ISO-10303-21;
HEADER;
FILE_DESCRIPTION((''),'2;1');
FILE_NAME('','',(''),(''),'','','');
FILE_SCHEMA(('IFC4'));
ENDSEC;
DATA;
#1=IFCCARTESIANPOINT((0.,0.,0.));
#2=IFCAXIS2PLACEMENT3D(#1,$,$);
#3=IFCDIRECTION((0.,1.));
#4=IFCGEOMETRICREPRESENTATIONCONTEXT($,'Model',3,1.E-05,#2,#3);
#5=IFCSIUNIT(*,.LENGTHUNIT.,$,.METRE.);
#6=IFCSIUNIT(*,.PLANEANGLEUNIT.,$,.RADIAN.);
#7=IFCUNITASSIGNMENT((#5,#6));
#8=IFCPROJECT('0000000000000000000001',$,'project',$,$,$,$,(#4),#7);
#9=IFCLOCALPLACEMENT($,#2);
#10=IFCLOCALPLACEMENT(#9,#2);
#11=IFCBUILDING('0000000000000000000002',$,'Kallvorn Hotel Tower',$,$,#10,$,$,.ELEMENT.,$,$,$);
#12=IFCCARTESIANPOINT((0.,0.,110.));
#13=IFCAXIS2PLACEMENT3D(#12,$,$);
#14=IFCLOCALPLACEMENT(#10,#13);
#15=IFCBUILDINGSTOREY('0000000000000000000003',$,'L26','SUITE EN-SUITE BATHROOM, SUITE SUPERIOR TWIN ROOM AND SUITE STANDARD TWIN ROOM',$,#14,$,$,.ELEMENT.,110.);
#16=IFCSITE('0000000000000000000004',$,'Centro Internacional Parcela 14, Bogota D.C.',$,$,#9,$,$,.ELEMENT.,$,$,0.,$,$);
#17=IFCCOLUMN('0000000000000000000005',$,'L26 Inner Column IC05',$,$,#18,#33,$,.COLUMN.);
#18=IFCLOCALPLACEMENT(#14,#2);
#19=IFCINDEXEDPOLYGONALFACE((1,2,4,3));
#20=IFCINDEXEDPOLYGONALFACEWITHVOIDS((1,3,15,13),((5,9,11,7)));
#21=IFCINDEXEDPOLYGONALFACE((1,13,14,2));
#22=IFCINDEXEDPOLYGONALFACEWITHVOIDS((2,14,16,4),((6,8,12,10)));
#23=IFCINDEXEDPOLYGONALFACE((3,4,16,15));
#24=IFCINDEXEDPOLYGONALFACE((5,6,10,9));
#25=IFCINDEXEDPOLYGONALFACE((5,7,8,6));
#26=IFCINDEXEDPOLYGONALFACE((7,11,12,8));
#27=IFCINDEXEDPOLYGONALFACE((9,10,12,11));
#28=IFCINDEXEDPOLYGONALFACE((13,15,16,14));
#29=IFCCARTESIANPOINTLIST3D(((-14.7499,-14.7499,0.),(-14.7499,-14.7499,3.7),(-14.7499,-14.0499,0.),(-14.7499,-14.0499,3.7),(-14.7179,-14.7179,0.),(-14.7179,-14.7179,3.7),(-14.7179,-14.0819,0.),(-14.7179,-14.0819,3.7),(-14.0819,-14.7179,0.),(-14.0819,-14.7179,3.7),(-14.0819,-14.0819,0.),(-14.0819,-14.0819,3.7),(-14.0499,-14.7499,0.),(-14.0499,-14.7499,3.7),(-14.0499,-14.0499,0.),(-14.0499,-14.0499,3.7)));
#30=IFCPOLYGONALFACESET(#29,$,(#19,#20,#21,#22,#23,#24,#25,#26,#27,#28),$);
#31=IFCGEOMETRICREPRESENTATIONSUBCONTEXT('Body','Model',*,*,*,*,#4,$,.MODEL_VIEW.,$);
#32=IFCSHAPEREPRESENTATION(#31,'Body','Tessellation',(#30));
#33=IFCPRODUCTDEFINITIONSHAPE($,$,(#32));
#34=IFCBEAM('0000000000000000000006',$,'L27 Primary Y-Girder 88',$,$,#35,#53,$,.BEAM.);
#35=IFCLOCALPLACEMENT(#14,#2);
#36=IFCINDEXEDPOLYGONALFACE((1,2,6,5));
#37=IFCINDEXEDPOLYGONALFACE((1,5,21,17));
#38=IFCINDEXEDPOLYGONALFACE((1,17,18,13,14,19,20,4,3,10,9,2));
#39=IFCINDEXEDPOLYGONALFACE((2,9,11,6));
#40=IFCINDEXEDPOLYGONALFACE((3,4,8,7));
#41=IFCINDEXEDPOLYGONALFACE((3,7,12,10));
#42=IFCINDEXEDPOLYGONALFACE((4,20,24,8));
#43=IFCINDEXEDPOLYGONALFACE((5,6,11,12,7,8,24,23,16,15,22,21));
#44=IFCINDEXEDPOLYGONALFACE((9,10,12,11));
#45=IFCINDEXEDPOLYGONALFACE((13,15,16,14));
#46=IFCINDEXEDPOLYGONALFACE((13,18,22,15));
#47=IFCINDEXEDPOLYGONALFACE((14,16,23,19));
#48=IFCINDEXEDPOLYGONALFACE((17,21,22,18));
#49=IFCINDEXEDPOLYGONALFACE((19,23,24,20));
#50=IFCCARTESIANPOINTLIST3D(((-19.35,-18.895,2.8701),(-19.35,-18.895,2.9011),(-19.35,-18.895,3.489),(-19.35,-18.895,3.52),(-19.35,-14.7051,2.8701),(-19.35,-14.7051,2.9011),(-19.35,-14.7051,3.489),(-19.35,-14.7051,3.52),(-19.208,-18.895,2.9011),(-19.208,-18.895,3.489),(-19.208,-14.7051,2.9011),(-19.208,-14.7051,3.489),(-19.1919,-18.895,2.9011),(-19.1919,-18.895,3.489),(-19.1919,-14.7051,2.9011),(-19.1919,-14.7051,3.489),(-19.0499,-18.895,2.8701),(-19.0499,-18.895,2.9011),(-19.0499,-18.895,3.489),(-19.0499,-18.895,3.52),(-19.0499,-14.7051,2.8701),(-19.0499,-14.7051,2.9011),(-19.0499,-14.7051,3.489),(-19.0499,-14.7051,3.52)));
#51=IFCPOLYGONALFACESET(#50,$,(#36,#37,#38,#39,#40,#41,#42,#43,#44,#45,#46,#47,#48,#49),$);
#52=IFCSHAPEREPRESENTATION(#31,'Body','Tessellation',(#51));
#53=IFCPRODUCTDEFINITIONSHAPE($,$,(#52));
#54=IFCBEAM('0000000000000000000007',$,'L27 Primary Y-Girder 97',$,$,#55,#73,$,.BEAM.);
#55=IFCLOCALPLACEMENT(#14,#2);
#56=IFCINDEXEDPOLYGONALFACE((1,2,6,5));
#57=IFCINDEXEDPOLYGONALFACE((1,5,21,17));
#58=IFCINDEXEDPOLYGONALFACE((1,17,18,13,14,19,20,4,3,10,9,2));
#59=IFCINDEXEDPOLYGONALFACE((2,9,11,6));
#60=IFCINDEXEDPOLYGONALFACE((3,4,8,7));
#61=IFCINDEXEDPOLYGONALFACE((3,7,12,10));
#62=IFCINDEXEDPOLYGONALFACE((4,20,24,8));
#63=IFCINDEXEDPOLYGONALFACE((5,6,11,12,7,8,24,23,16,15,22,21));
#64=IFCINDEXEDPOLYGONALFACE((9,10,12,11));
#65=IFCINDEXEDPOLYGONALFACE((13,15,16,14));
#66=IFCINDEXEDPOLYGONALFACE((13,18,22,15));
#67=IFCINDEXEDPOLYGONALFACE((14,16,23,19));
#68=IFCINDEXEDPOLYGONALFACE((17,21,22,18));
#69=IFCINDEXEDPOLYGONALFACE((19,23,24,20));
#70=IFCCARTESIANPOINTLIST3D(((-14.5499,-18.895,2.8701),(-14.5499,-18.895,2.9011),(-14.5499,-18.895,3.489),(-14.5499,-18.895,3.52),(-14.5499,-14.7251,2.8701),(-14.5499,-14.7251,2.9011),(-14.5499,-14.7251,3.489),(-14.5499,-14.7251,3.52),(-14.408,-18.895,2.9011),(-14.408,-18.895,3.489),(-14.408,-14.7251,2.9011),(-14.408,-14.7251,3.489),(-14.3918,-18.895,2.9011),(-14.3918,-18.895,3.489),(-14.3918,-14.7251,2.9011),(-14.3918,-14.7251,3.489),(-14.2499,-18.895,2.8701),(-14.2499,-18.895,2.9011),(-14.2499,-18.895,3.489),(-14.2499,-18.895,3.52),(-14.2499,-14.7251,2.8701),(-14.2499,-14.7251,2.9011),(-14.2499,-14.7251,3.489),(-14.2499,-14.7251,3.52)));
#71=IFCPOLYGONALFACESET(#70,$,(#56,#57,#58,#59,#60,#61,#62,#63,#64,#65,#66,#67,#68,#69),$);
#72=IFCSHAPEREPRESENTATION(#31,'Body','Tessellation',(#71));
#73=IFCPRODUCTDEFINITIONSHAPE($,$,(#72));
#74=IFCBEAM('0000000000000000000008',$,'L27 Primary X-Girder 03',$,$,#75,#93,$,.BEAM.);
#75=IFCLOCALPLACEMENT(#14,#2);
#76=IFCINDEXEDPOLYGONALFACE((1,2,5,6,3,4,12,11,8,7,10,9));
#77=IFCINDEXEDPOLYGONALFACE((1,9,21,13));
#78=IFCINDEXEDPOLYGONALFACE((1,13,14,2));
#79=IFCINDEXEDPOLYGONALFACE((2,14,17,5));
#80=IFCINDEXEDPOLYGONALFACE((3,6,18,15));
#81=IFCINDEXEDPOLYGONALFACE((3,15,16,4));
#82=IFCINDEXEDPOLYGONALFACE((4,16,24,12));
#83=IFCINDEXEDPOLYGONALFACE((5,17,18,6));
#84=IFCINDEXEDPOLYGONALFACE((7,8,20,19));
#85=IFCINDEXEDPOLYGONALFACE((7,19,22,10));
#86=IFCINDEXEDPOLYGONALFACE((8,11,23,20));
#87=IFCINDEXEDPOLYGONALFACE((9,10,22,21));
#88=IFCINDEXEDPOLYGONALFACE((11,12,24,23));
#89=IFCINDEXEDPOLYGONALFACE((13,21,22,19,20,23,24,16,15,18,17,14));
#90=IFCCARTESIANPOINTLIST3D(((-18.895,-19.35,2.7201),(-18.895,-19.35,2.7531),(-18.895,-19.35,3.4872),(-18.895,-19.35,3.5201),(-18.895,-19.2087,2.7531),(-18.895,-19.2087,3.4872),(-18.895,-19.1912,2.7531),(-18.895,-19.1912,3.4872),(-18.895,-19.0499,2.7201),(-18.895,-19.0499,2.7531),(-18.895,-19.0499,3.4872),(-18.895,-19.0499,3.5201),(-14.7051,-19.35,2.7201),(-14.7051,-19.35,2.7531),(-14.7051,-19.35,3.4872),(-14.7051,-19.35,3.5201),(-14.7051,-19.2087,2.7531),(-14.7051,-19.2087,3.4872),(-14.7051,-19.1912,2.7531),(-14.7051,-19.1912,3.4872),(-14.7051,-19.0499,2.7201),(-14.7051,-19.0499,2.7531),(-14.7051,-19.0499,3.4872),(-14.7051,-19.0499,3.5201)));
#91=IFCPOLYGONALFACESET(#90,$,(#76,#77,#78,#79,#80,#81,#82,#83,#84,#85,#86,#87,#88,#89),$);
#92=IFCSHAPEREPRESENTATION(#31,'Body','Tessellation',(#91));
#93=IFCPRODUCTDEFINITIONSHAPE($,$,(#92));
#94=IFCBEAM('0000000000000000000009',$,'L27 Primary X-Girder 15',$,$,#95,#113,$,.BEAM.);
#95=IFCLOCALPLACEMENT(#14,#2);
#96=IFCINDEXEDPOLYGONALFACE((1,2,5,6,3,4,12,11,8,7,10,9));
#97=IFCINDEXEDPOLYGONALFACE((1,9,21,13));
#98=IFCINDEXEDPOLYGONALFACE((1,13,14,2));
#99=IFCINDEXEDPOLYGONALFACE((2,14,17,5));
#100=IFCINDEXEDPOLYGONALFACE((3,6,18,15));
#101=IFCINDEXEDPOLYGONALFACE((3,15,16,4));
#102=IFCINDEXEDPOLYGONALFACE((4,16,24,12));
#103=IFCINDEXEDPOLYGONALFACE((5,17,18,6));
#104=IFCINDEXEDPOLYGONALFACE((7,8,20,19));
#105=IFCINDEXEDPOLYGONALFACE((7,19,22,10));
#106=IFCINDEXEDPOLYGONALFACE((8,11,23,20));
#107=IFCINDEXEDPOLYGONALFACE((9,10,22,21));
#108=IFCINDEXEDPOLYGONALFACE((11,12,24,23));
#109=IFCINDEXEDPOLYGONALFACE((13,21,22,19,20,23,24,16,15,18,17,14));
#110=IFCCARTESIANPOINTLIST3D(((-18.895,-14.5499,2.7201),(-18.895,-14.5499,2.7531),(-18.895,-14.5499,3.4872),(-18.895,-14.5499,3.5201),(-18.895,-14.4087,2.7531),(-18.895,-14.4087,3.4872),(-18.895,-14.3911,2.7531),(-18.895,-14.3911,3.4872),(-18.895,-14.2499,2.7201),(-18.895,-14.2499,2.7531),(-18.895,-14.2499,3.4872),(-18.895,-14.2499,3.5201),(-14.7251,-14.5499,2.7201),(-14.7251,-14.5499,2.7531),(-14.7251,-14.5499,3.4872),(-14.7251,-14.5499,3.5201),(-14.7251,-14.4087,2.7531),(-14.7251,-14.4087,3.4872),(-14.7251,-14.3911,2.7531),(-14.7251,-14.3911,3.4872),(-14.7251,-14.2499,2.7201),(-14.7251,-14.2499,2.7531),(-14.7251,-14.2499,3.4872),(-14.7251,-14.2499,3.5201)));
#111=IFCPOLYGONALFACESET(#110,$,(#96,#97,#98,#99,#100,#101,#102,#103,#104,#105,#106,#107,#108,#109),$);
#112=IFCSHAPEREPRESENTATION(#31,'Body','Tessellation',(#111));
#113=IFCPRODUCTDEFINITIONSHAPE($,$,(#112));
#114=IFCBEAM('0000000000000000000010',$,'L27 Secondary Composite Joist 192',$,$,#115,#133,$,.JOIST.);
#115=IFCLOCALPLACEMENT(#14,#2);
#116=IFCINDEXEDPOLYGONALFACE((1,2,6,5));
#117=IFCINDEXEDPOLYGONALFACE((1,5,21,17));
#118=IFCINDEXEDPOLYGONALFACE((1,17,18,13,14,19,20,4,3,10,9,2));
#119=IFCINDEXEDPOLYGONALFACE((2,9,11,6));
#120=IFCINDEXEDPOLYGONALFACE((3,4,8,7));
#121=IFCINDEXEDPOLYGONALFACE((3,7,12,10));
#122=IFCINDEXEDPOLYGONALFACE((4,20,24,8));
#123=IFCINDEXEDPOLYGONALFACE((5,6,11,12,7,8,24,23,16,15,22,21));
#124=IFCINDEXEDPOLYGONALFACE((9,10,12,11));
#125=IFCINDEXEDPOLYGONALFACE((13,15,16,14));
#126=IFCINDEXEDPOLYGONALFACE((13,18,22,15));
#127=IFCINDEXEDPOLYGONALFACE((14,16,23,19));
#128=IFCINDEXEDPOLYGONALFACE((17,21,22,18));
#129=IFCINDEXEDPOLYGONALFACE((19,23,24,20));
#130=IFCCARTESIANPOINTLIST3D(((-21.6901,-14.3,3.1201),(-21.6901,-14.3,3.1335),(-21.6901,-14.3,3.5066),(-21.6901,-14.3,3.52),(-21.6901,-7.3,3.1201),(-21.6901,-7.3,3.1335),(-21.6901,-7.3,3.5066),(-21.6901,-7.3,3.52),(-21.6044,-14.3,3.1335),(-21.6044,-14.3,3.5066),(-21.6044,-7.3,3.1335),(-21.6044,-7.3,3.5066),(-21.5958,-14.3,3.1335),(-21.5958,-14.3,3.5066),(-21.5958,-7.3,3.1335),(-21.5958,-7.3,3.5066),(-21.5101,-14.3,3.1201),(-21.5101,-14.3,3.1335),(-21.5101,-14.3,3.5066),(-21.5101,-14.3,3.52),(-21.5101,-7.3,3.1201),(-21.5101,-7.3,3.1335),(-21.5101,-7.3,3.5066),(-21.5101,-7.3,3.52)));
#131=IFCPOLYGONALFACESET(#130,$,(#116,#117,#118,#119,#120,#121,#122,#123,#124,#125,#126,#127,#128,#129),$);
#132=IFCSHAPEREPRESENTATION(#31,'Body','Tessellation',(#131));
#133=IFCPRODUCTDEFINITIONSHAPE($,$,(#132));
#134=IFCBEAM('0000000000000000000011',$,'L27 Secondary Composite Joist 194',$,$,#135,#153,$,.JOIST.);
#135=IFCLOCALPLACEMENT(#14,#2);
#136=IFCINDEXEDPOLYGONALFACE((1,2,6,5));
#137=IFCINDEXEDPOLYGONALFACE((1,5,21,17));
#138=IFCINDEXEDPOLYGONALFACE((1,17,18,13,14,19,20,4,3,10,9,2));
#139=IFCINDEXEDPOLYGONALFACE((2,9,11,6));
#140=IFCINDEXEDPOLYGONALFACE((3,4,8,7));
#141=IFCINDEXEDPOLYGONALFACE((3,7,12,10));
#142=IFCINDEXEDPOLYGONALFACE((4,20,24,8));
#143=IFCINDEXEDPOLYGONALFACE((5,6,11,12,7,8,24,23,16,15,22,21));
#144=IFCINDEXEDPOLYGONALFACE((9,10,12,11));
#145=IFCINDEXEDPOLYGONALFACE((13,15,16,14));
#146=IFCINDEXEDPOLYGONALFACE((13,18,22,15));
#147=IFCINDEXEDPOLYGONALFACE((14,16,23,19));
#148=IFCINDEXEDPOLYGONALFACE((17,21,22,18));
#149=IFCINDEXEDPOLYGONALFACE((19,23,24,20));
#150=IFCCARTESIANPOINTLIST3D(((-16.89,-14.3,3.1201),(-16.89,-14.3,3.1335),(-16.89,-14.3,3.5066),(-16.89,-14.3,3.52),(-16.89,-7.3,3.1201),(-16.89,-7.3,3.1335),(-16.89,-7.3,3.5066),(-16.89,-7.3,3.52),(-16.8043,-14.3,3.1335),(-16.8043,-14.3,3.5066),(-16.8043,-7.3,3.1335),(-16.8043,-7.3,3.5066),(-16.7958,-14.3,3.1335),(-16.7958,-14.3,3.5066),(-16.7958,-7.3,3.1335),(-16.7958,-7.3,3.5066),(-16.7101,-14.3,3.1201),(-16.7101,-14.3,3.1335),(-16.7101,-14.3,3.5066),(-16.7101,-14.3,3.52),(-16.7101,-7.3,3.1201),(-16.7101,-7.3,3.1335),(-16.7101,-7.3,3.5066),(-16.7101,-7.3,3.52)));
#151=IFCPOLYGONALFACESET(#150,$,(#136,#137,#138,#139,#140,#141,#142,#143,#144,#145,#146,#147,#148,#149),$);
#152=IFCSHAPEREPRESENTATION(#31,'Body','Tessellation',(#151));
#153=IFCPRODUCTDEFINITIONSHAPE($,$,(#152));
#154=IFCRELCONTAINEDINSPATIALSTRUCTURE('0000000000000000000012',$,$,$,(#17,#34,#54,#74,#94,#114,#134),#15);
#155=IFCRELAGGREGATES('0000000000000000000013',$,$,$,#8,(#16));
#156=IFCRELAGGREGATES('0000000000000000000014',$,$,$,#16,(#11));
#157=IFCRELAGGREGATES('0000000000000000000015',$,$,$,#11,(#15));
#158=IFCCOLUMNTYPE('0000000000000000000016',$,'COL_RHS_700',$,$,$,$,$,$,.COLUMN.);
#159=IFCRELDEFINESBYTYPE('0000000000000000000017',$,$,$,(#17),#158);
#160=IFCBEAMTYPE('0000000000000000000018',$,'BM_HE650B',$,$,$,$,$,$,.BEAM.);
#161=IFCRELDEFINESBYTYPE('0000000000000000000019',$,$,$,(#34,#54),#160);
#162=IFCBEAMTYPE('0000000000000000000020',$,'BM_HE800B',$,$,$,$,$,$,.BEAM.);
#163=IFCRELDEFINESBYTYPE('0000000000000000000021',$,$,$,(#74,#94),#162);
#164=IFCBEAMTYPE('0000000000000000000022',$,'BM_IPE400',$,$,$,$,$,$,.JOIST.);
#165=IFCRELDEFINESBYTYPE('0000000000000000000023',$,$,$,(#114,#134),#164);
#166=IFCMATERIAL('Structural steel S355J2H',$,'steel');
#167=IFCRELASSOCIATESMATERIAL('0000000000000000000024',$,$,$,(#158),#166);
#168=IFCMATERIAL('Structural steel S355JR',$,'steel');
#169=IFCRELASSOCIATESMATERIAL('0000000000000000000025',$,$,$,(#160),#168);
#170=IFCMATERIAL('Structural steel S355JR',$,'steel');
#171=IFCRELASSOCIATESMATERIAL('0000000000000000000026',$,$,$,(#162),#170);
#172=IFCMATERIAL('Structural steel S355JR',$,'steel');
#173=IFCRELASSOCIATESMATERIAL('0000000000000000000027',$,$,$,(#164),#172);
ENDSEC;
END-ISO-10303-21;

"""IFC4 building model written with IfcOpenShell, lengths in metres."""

from ifc_helpers import new_model, si_unit, direction, frame, origin, origin_2d, place, context, subcontext, project, spatial, hollow_rectangle, i_section, extrude, material, material_profile, profile_set, type_object, element, save


model = new_model("IFC4")

# Units and contexts
model_context = context("Model", 3, precision=1e-05, world=origin(), true_north=direction((0.0, 1.0)))
body_context = subcontext(model_context, "Body", "Model", "MODEL_VIEW")
ifc_project = project(units=[si_unit("LENGTHUNIT", "METRE"), si_unit("PLANEANGLEUNIT", "RADIAN")], contexts=[model_context])

# Site, building, storey
site_placement = place(None, origin())
site = spatial("IfcSite", under=ifc_project, at=site_placement, Name="Centro Internacional Parcela 14, Bogota D.C.", CompositionType="ELEMENT", RefElevation=0.0)
building_placement = place(site_placement, origin())
building = spatial("IfcBuilding", under=site, at=building_placement, Name="Kallvorn Hotel Tower", CompositionType="ELEMENT")
storey_placement = place(building_placement, frame((0.0, 0.0, 110.0)))
storey = spatial("IfcBuildingStorey", under=building, at=storey_placement, Name="L26", Description="SUITE EN-SUITE BATHROOM, SUITE SUPERIOR TWIN ROOM AND SUITE STANDARD TWIN ROOM", CompositionType="ELEMENT", Elevation=110.0)

# Column
ifc_material_1 = material(Name="Structural steel S355J2H", Category="steel")
ifc_material_profile_1 = material_profile(ifc_material_1, hollow_rectangle(XDim=0.7, YDim=0.7, WallThickness=0.032, at=origin_2d()), Name="RHS 700x700x32")
ifc_profile_set_1 = profile_set([ifc_material_profile_1], Name="Structural steel S355J2H")
column_type_1 = type_object("IfcColumnType", Name="COL_RHS_700", PredefinedType="COLUMN", material=ifc_profile_set_1)
column_placement = place(storey_placement, frame((-14.3999, -14.3999, 0.0), z_axis=(0.0, 0.0, 1.0), x_axis=(1.0, 0.0, 0.0)))
element("IfcColumn", 1, at=column_placement, inside=storey, type_object=column_type_1, Name="L26 Inner Column IC05", PredefinedType="COLUMN", context=body_context, shape_type="SweptSolid", body=[
    extrude(hollow_rectangle(XDim=0.7, YDim=0.7, WallThickness=0.032, at=origin_2d()), origin(), (0.0, 0.0, 1.0), 3.7),
])

# Beams
ifc_material_2 = material(Name="Structural steel S355JR", Category="steel")
ifc_material_profile_2 = material_profile(ifc_material_2, i_section(OverallWidth=0.3, OverallDepth=0.6499, WebThickness=0.0161, FlangeThickness=0.031, at=origin_2d()), Name="HE 650 B")
ifc_profile_set_2 = profile_set([ifc_material_profile_2], Name="Structural steel S355JR")
beam_type_1 = type_object("IfcBeamType", Name="BM_HE650B", PredefinedType="BEAM", material=ifc_profile_set_2)
beam_1_placement = place(storey_placement, frame((-19.2, -18.895, 3.1951), z_axis=(0.0, 1.0, 0.0), x_axis=(-1.0, 0.0, 0.0)))
element("IfcBeam", 2, at=beam_1_placement, inside=storey, type_object=beam_type_1, Name="L27 Primary Y-Girder 88", PredefinedType="BEAM", context=body_context, shape_type="SweptSolid", body=[
    extrude(i_section(OverallWidth=0.3, OverallDepth=0.6499, WebThickness=0.0161, FlangeThickness=0.031, at=origin_2d()), origin(), (0.0, 0.0, 1.0), 4.1899),
])
beam_2_placement = place(storey_placement, frame((-14.3999, -18.895, 3.1951), z_axis=(0.0, 1.0, 0.0), x_axis=(-1.0, 0.0, 0.0)))
element("IfcBeam", 3, at=beam_2_placement, inside=storey, type_object=beam_type_1, Name="L27 Primary Y-Girder 97", PredefinedType="BEAM", context=body_context, shape_type="SweptSolid", body=[
    extrude(i_section(OverallWidth=0.3, OverallDepth=0.6499, WebThickness=0.0161, FlangeThickness=0.031, at=origin_2d()), origin(), (0.0, 0.0, 1.0), 4.1699),
])
ifc_material_3 = material(Name="Structural steel S355JR", Category="steel")
ifc_material_profile_3 = material_profile(ifc_material_3, i_section(OverallWidth=0.3, OverallDepth=0.8, WebThickness=0.0176, FlangeThickness=0.033, at=origin_2d()), Name="HE 800 B")
ifc_profile_set_3 = profile_set([ifc_material_profile_3], Name="Structural steel S355JR")
beam_type_2 = type_object("IfcBeamType", Name="BM_HE800B", PredefinedType="BEAM", material=ifc_profile_set_3)
beam_3_placement = place(storey_placement, frame((-18.895, -19.2, 3.1201), z_axis=(1.0, 0.0, 0.0), x_axis=(0.0, 1.0, 0.0)))
element("IfcBeam", 4, at=beam_3_placement, inside=storey, type_object=beam_type_2, Name="L27 Primary X-Girder 03", PredefinedType="BEAM", context=body_context, shape_type="SweptSolid", body=[
    extrude(i_section(OverallWidth=0.3, OverallDepth=0.8, WebThickness=0.0176, FlangeThickness=0.033, at=origin_2d()), origin(), (0.0, 0.0, 1.0), 4.1899),
])
beam_4_placement = place(storey_placement, frame((-18.895, -14.3999, 3.1201), z_axis=(1.0, 0.0, 0.0), x_axis=(0.0, 1.0, 0.0)))
element("IfcBeam", 5, at=beam_4_placement, inside=storey, type_object=beam_type_2, Name="L27 Primary X-Girder 15", PredefinedType="BEAM", context=body_context, shape_type="SweptSolid", body=[
    extrude(i_section(OverallWidth=0.3, OverallDepth=0.8, WebThickness=0.0176, FlangeThickness=0.033, at=origin_2d()), origin(), (0.0, 0.0, 1.0), 4.1699),
])
ifc_material_4 = material(Name="Structural steel S355JR", Category="steel")
ifc_material_profile_4 = material_profile(ifc_material_4, i_section(OverallWidth=0.1799, OverallDepth=0.3999, WebThickness=0.0085, FlangeThickness=0.0134, at=origin_2d()), Name="IPE 400")
ifc_profile_set_4 = profile_set([ifc_material_profile_4], Name="Structural steel S355JR")
beam_type_3 = type_object("IfcBeamType", Name="BM_IPE400", PredefinedType="JOIST", material=ifc_profile_set_4)
for number, where, z_axis, x_axis, name in (
    (6, (-21.6001, -14.3, 3.3201), (0.0, 1.0, 0.0), (-1.0, 0.0, 0.0), "L27 Secondary Composite Joist 192"),
    (7, (-16.8, -14.3, 3.3201), (0.0, 1.0, 0.0), (-1.0, 0.0, 0.0), "L27 Secondary Composite Joist 194"),
):
    element("IfcBeam", number, at=place(storey_placement, frame(where, z_axis=z_axis, x_axis=x_axis)), inside=storey, type_object=beam_type_3, Name=name, PredefinedType="JOIST", context=body_context, shape_type="SweptSolid", body=[
        extrude(i_section(OverallWidth=0.1799, OverallDepth=0.3999, WebThickness=0.0085, FlangeThickness=0.0134, at=origin_2d()), origin(), (0.0, 0.0, 1.0), 7.0),
    ])

save(model, "model.ifc")
